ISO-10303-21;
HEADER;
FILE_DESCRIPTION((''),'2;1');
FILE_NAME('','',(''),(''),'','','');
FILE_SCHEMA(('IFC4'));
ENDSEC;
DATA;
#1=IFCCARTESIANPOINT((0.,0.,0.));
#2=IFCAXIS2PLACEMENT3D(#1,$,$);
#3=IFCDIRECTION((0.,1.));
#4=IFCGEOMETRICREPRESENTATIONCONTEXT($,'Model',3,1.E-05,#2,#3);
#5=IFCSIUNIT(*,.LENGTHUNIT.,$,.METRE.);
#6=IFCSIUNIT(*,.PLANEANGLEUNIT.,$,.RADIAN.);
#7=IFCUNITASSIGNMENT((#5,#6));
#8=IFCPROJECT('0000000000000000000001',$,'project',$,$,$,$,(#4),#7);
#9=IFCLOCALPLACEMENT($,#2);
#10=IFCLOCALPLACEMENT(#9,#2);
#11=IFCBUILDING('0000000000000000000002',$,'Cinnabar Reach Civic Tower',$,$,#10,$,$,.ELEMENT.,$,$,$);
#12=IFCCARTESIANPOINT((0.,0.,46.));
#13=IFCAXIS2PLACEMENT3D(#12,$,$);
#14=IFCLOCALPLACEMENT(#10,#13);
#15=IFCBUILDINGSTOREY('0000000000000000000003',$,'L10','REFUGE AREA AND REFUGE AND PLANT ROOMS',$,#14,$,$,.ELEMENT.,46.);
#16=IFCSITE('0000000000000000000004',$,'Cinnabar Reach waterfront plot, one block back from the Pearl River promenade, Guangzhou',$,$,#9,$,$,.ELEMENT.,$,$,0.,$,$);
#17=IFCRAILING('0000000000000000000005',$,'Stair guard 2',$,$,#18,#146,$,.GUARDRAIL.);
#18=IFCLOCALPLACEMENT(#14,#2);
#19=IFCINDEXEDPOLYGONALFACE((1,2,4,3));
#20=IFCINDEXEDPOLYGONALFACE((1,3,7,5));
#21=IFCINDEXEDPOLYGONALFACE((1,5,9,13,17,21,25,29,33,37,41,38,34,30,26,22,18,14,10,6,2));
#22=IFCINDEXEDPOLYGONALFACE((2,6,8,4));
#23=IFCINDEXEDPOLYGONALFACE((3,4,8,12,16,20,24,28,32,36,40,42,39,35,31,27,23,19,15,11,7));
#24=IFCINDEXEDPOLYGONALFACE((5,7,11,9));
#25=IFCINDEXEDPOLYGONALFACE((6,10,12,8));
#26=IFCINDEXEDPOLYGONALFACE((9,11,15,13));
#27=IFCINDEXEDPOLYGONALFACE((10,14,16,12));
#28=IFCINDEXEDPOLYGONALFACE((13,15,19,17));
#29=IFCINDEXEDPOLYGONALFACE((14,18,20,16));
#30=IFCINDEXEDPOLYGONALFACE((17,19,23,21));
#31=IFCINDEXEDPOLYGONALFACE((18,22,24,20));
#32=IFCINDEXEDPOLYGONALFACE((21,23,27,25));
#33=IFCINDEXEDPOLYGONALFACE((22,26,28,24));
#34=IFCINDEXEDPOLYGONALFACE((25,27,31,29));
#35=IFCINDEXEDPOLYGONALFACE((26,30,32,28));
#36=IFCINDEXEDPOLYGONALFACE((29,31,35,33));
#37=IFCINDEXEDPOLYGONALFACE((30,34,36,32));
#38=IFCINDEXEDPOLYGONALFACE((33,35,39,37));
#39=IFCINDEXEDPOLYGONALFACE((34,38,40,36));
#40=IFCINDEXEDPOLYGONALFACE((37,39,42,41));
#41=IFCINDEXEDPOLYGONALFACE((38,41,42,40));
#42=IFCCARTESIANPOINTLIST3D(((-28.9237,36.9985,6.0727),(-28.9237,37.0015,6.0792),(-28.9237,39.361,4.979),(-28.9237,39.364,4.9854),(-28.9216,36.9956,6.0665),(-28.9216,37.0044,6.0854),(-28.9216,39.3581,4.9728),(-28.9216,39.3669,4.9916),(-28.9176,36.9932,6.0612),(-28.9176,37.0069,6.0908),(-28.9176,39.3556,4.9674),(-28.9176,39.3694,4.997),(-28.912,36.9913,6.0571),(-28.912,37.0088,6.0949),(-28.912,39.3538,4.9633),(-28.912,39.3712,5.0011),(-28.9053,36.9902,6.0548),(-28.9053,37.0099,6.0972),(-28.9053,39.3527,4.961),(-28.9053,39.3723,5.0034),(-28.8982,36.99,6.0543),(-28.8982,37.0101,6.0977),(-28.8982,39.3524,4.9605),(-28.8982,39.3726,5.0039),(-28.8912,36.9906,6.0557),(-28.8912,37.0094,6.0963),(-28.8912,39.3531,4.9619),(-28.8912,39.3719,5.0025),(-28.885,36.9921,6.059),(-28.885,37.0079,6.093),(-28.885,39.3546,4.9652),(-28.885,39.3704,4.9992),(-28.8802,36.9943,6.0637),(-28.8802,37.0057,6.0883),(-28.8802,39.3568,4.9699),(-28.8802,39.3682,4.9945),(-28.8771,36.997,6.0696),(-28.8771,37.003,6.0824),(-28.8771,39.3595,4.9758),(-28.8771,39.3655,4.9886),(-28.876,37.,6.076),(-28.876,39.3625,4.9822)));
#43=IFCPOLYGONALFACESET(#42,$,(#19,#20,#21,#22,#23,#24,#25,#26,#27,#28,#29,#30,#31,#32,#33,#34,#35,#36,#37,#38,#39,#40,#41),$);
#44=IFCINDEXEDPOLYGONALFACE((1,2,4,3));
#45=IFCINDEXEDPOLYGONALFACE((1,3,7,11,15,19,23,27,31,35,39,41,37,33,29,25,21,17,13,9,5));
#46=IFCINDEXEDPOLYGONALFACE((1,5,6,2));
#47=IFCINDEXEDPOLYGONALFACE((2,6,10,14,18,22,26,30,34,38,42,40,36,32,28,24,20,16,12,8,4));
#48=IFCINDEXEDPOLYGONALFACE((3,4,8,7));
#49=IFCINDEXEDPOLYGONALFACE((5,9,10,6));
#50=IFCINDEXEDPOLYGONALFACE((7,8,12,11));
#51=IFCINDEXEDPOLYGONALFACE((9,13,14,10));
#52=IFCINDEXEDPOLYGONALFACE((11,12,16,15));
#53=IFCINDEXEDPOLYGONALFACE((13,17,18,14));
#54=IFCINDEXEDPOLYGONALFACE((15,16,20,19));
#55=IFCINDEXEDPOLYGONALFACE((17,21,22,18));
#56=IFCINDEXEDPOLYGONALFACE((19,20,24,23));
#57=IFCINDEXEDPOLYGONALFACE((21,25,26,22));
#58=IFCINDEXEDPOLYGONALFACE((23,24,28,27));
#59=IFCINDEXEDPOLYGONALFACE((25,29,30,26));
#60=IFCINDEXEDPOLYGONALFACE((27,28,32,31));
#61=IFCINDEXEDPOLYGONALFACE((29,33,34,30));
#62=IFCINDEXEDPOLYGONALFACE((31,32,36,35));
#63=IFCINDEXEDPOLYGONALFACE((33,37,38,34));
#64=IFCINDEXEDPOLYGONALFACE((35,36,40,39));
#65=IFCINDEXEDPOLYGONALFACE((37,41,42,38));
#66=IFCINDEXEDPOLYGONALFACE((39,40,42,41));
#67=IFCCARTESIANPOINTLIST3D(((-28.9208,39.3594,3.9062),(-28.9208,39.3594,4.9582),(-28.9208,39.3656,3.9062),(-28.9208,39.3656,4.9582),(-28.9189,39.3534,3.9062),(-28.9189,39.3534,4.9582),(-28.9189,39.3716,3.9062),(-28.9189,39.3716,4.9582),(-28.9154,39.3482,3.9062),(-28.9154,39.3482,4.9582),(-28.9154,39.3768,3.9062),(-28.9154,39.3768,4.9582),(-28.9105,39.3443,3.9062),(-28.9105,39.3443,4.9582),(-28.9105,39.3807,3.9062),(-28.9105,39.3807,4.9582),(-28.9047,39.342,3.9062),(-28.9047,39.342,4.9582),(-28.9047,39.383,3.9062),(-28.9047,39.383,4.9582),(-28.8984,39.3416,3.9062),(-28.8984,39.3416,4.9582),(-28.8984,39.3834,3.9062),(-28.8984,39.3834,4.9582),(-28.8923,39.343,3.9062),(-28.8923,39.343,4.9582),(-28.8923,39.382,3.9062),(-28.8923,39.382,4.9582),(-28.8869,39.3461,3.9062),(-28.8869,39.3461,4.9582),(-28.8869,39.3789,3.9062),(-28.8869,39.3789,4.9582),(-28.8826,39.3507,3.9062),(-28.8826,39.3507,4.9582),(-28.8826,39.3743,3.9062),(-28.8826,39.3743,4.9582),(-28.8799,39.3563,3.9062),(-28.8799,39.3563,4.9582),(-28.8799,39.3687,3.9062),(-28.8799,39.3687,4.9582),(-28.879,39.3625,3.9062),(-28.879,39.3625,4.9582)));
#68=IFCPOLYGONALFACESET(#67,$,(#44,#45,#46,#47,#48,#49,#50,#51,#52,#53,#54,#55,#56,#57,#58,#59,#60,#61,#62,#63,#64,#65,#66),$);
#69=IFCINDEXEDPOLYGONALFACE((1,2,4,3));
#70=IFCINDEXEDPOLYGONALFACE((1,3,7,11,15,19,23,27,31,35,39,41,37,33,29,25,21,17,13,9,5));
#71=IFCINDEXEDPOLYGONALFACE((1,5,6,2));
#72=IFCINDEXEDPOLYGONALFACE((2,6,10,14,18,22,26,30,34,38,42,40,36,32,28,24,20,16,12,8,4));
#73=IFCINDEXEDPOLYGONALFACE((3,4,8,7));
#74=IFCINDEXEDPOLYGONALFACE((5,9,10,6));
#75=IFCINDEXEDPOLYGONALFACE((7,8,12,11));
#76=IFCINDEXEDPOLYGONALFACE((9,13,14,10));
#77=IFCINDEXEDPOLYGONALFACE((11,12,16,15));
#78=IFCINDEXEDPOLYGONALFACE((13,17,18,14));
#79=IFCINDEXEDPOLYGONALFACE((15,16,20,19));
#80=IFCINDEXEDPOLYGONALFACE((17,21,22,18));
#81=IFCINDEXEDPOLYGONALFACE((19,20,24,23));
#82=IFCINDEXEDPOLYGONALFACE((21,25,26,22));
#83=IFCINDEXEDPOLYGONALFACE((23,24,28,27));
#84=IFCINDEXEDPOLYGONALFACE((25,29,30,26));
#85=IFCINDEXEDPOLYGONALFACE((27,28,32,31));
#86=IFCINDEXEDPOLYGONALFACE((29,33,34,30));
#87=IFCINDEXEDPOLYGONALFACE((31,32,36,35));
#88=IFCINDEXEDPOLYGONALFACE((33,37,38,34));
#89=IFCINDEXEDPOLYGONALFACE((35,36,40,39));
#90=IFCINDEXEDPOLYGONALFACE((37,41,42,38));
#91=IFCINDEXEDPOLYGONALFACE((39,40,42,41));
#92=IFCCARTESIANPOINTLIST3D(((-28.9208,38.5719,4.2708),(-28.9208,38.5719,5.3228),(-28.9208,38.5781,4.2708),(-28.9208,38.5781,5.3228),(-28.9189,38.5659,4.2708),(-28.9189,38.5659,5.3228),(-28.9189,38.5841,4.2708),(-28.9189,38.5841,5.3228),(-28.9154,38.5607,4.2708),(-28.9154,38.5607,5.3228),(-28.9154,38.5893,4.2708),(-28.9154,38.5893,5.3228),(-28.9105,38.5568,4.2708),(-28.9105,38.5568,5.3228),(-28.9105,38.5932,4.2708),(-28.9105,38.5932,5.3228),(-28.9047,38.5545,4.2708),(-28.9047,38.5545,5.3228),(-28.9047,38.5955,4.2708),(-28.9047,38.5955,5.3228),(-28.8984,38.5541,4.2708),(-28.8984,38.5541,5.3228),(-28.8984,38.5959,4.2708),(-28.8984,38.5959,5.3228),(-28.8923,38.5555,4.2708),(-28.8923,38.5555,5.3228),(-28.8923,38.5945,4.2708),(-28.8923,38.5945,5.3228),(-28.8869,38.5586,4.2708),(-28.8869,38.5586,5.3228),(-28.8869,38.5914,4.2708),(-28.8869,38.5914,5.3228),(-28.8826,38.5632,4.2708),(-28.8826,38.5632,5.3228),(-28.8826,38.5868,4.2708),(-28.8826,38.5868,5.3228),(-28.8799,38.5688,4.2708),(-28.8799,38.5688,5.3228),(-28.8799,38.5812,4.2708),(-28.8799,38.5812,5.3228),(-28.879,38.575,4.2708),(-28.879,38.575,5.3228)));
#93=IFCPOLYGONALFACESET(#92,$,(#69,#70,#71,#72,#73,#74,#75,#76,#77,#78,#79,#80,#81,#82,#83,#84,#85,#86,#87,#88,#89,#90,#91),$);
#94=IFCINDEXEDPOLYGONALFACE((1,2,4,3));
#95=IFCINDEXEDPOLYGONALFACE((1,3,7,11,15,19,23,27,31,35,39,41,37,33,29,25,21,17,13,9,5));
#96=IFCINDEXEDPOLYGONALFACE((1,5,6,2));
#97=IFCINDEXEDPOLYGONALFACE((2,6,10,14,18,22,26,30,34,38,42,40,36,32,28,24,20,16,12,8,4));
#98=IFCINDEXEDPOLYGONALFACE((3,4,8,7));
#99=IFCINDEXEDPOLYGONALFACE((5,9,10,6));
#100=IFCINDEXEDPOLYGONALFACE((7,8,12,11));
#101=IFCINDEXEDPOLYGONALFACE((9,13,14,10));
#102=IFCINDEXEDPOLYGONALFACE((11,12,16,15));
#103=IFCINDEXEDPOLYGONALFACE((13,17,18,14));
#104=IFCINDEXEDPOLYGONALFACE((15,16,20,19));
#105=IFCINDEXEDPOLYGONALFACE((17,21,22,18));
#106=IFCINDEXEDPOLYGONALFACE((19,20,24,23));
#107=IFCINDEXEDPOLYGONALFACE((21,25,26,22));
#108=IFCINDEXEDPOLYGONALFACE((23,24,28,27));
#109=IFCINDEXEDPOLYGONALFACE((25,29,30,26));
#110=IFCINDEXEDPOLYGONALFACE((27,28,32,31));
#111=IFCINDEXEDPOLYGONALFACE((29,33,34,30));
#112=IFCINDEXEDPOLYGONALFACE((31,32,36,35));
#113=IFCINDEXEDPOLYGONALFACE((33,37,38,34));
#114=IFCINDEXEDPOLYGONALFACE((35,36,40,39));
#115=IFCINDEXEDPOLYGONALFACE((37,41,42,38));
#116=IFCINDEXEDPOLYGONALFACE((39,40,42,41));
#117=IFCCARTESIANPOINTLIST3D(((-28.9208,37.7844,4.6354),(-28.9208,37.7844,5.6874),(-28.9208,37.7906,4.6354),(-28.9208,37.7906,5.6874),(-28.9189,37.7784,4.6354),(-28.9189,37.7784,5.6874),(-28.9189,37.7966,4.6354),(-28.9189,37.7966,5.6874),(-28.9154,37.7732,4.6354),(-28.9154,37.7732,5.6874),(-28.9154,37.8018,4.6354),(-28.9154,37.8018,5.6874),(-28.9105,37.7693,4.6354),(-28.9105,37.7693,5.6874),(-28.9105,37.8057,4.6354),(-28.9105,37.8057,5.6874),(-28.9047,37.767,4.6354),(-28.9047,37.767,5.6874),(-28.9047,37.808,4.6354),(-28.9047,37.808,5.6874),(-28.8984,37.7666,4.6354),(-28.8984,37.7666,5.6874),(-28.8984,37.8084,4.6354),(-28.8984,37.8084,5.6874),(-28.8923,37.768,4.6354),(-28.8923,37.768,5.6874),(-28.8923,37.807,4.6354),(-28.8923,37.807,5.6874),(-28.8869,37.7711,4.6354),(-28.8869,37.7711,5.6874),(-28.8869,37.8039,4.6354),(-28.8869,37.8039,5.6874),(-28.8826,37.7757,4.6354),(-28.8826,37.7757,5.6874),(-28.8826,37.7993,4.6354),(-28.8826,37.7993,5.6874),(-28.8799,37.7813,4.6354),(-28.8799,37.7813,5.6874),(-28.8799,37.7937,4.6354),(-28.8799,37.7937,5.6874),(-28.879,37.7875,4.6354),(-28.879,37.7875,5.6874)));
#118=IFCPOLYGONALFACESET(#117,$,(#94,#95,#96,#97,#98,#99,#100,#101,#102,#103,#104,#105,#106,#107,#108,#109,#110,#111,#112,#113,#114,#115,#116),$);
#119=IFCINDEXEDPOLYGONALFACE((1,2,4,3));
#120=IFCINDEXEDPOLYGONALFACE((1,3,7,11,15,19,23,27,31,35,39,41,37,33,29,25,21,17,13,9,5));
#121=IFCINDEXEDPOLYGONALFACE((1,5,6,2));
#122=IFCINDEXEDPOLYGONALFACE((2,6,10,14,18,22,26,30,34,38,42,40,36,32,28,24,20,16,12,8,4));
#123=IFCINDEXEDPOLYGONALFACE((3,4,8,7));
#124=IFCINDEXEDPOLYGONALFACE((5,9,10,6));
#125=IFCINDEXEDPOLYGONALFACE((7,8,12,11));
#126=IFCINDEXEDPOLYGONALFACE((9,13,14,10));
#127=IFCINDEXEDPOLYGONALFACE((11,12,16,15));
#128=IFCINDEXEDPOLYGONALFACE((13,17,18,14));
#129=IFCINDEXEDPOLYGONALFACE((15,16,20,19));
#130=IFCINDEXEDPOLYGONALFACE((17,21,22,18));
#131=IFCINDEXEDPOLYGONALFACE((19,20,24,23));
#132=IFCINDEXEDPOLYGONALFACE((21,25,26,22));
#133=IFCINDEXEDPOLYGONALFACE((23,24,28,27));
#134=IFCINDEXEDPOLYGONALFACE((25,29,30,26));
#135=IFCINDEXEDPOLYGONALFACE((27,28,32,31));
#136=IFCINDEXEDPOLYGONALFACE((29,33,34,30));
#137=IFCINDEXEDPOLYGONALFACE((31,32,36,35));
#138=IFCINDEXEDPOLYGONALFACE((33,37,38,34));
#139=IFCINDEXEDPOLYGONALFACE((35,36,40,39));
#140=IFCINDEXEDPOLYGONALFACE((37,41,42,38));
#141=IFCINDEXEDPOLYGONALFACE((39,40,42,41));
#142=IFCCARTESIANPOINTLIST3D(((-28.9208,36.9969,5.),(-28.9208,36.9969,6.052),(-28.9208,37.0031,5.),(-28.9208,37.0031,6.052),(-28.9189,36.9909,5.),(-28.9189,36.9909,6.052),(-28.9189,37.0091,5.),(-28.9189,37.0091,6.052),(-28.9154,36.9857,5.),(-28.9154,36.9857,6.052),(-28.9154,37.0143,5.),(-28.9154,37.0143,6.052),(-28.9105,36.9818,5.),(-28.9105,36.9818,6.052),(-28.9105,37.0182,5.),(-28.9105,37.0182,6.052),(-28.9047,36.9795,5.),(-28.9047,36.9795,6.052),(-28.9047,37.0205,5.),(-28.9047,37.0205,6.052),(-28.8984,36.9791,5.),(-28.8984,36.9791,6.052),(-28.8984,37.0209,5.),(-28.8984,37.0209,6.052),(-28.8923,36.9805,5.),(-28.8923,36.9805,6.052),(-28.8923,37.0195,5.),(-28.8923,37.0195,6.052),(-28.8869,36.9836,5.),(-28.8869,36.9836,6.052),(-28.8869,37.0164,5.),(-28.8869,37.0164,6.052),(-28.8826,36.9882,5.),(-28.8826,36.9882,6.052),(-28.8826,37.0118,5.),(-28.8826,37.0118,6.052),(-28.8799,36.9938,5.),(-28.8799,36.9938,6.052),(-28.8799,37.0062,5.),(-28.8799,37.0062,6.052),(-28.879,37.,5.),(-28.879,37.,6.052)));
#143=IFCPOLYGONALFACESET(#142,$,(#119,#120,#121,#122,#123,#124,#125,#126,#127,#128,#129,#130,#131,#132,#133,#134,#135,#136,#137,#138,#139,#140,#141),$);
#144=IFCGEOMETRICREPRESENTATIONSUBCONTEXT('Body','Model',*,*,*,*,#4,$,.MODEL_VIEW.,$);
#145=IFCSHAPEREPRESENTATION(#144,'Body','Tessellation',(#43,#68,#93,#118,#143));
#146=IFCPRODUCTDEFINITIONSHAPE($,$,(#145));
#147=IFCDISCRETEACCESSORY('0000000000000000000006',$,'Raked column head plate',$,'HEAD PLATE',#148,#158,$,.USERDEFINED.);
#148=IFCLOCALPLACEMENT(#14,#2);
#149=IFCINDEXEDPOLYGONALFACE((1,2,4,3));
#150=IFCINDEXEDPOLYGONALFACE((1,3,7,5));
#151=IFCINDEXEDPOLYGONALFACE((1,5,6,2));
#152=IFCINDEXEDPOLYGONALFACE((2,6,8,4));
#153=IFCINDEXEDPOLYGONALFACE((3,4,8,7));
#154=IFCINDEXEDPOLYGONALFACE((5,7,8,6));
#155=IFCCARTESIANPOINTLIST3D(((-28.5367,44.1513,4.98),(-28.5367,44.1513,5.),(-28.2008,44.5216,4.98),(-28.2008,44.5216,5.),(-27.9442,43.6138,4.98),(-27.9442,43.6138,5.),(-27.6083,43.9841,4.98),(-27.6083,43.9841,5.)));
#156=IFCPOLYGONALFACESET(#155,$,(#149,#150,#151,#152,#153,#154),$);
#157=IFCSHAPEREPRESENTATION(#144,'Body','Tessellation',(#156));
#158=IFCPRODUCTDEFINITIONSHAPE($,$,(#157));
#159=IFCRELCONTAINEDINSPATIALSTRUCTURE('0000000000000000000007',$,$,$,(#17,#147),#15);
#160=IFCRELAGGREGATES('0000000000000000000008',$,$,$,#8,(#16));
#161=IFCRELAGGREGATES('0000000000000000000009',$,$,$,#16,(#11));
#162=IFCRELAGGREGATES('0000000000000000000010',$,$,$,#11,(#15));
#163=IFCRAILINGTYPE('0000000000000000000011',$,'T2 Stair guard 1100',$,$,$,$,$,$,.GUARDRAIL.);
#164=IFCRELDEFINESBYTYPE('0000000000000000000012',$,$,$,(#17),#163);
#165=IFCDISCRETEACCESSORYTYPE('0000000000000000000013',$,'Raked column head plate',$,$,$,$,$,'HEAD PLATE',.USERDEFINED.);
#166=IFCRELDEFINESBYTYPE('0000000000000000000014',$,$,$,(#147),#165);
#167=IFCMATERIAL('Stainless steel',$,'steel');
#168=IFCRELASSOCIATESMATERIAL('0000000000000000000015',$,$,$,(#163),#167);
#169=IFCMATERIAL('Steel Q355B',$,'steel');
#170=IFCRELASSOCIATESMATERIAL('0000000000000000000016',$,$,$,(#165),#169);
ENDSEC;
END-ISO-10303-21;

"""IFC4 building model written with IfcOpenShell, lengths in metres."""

from ifc_helpers import new_model, si_unit, direction, frame, origin, origin_2d, place, context, subcontext, project, spatial, rectangle, circle, extrude, material, type_object, element, save


model = new_model("IFC4")

# Units and contexts
model_context = context("Model", 3, precision=1e-05, world=origin(), true_north=direction((0.0, 1.0)))
body_context = subcontext(model_context, "Body", "Model", "MODEL_VIEW")
ifc_project = project(units=[si_unit("LENGTHUNIT", "METRE"), si_unit("PLANEANGLEUNIT", "RADIAN")], contexts=[model_context])

# Site, building, storey
site_placement = place(None, origin())
site = spatial("IfcSite", under=ifc_project, at=site_placement, Name="Cinnabar Reach waterfront plot, one block back from the Pearl River promenade, Guangzhou", CompositionType="ELEMENT", RefElevation=0.0)
building_placement = place(site_placement, origin())
building = spatial("IfcBuilding", under=site, at=building_placement, Name="Cinnabar Reach Civic Tower", CompositionType="ELEMENT")
storey_placement = place(building_placement, frame((0.0, 0.0, 46.0)))
storey = spatial("IfcBuildingStorey", under=building, at=storey_placement, Name="L10", Description="REFUGE AREA AND REFUGE AND PLANT ROOMS", CompositionType="ELEMENT", Elevation=46.0)

# Shared definitions
ifc_material_1 = material(Name="Steel Q355B", Category="steel")

# Railing
ifc_material_2 = material(Name="Stainless steel", Category="steel")
railing_type = type_object("IfcRailingType", Name="T2 Stair guard 1100", PredefinedType="GUARDRAIL", material=ifc_material_2)
railing_placement = place(storey_placement, frame((-28.9, 39.3625, 3.9062)))
element("IfcRailing", 1, at=railing_placement, inside=storey, type_object=railing_type, Name="Stair guard 2", PredefinedType="GUARDRAIL", context=body_context, shape_type="SweptSolid", body=[
    extrude(circle(Radius=0.024, at=origin_2d()), frame((0.0, 0.0, 1.076), z_axis=(0.0, -0.90746, 0.420139), x_axis=(1.0, 0.0, 0.0)), (0.0, 0.0, 1.0), 2.6034),
    extrude(circle(Radius=0.021, at=origin_2d()), origin(), (0.0, 0.0, 1.0), 1.052),
    extrude(circle(Radius=0.021, at=origin_2d()), frame((0.0, -0.7875, 0.3646)), (0.0, 0.0, 1.0), 1.052),
    extrude(circle(Radius=0.021, at=origin_2d()), frame((0.0, -1.575, 0.7292)), (0.0, 0.0, 1.0), 1.052),
    extrude(circle(Radius=0.021, at=origin_2d()), frame((0.0, -2.3625, 1.0938)), (0.0, 0.0, 1.0), 1.052),
])

# Discrete accessory
discrete_accessory_type = type_object("IfcDiscreteAccessoryType", Name="Raked column head plate", ElementType="HEAD PLATE", PredefinedType="USERDEFINED", material=ifc_material_1)
discrete_accessory_placement = place(storey_placement, frame((-28.0725, 44.0677, 4.98), z_axis=(0.0, 0.0, 1.0), x_axis=(0.67185, 0.740687, 0.0)))
element("IfcDiscreteAccessory", 2, at=discrete_accessory_placement, inside=storey, type_object=discrete_accessory_type, Name="Raked column head plate", ObjectType="HEAD PLATE", PredefinedType="USERDEFINED", context=body_context, shape_type="SweptSolid", body=[
    extrude(rectangle(XDim=0.5, YDim=0.8, at=origin_2d()), origin(), (0.0, 0.0, 1.0), 0.02),
])

save(model, "model.ifc")
